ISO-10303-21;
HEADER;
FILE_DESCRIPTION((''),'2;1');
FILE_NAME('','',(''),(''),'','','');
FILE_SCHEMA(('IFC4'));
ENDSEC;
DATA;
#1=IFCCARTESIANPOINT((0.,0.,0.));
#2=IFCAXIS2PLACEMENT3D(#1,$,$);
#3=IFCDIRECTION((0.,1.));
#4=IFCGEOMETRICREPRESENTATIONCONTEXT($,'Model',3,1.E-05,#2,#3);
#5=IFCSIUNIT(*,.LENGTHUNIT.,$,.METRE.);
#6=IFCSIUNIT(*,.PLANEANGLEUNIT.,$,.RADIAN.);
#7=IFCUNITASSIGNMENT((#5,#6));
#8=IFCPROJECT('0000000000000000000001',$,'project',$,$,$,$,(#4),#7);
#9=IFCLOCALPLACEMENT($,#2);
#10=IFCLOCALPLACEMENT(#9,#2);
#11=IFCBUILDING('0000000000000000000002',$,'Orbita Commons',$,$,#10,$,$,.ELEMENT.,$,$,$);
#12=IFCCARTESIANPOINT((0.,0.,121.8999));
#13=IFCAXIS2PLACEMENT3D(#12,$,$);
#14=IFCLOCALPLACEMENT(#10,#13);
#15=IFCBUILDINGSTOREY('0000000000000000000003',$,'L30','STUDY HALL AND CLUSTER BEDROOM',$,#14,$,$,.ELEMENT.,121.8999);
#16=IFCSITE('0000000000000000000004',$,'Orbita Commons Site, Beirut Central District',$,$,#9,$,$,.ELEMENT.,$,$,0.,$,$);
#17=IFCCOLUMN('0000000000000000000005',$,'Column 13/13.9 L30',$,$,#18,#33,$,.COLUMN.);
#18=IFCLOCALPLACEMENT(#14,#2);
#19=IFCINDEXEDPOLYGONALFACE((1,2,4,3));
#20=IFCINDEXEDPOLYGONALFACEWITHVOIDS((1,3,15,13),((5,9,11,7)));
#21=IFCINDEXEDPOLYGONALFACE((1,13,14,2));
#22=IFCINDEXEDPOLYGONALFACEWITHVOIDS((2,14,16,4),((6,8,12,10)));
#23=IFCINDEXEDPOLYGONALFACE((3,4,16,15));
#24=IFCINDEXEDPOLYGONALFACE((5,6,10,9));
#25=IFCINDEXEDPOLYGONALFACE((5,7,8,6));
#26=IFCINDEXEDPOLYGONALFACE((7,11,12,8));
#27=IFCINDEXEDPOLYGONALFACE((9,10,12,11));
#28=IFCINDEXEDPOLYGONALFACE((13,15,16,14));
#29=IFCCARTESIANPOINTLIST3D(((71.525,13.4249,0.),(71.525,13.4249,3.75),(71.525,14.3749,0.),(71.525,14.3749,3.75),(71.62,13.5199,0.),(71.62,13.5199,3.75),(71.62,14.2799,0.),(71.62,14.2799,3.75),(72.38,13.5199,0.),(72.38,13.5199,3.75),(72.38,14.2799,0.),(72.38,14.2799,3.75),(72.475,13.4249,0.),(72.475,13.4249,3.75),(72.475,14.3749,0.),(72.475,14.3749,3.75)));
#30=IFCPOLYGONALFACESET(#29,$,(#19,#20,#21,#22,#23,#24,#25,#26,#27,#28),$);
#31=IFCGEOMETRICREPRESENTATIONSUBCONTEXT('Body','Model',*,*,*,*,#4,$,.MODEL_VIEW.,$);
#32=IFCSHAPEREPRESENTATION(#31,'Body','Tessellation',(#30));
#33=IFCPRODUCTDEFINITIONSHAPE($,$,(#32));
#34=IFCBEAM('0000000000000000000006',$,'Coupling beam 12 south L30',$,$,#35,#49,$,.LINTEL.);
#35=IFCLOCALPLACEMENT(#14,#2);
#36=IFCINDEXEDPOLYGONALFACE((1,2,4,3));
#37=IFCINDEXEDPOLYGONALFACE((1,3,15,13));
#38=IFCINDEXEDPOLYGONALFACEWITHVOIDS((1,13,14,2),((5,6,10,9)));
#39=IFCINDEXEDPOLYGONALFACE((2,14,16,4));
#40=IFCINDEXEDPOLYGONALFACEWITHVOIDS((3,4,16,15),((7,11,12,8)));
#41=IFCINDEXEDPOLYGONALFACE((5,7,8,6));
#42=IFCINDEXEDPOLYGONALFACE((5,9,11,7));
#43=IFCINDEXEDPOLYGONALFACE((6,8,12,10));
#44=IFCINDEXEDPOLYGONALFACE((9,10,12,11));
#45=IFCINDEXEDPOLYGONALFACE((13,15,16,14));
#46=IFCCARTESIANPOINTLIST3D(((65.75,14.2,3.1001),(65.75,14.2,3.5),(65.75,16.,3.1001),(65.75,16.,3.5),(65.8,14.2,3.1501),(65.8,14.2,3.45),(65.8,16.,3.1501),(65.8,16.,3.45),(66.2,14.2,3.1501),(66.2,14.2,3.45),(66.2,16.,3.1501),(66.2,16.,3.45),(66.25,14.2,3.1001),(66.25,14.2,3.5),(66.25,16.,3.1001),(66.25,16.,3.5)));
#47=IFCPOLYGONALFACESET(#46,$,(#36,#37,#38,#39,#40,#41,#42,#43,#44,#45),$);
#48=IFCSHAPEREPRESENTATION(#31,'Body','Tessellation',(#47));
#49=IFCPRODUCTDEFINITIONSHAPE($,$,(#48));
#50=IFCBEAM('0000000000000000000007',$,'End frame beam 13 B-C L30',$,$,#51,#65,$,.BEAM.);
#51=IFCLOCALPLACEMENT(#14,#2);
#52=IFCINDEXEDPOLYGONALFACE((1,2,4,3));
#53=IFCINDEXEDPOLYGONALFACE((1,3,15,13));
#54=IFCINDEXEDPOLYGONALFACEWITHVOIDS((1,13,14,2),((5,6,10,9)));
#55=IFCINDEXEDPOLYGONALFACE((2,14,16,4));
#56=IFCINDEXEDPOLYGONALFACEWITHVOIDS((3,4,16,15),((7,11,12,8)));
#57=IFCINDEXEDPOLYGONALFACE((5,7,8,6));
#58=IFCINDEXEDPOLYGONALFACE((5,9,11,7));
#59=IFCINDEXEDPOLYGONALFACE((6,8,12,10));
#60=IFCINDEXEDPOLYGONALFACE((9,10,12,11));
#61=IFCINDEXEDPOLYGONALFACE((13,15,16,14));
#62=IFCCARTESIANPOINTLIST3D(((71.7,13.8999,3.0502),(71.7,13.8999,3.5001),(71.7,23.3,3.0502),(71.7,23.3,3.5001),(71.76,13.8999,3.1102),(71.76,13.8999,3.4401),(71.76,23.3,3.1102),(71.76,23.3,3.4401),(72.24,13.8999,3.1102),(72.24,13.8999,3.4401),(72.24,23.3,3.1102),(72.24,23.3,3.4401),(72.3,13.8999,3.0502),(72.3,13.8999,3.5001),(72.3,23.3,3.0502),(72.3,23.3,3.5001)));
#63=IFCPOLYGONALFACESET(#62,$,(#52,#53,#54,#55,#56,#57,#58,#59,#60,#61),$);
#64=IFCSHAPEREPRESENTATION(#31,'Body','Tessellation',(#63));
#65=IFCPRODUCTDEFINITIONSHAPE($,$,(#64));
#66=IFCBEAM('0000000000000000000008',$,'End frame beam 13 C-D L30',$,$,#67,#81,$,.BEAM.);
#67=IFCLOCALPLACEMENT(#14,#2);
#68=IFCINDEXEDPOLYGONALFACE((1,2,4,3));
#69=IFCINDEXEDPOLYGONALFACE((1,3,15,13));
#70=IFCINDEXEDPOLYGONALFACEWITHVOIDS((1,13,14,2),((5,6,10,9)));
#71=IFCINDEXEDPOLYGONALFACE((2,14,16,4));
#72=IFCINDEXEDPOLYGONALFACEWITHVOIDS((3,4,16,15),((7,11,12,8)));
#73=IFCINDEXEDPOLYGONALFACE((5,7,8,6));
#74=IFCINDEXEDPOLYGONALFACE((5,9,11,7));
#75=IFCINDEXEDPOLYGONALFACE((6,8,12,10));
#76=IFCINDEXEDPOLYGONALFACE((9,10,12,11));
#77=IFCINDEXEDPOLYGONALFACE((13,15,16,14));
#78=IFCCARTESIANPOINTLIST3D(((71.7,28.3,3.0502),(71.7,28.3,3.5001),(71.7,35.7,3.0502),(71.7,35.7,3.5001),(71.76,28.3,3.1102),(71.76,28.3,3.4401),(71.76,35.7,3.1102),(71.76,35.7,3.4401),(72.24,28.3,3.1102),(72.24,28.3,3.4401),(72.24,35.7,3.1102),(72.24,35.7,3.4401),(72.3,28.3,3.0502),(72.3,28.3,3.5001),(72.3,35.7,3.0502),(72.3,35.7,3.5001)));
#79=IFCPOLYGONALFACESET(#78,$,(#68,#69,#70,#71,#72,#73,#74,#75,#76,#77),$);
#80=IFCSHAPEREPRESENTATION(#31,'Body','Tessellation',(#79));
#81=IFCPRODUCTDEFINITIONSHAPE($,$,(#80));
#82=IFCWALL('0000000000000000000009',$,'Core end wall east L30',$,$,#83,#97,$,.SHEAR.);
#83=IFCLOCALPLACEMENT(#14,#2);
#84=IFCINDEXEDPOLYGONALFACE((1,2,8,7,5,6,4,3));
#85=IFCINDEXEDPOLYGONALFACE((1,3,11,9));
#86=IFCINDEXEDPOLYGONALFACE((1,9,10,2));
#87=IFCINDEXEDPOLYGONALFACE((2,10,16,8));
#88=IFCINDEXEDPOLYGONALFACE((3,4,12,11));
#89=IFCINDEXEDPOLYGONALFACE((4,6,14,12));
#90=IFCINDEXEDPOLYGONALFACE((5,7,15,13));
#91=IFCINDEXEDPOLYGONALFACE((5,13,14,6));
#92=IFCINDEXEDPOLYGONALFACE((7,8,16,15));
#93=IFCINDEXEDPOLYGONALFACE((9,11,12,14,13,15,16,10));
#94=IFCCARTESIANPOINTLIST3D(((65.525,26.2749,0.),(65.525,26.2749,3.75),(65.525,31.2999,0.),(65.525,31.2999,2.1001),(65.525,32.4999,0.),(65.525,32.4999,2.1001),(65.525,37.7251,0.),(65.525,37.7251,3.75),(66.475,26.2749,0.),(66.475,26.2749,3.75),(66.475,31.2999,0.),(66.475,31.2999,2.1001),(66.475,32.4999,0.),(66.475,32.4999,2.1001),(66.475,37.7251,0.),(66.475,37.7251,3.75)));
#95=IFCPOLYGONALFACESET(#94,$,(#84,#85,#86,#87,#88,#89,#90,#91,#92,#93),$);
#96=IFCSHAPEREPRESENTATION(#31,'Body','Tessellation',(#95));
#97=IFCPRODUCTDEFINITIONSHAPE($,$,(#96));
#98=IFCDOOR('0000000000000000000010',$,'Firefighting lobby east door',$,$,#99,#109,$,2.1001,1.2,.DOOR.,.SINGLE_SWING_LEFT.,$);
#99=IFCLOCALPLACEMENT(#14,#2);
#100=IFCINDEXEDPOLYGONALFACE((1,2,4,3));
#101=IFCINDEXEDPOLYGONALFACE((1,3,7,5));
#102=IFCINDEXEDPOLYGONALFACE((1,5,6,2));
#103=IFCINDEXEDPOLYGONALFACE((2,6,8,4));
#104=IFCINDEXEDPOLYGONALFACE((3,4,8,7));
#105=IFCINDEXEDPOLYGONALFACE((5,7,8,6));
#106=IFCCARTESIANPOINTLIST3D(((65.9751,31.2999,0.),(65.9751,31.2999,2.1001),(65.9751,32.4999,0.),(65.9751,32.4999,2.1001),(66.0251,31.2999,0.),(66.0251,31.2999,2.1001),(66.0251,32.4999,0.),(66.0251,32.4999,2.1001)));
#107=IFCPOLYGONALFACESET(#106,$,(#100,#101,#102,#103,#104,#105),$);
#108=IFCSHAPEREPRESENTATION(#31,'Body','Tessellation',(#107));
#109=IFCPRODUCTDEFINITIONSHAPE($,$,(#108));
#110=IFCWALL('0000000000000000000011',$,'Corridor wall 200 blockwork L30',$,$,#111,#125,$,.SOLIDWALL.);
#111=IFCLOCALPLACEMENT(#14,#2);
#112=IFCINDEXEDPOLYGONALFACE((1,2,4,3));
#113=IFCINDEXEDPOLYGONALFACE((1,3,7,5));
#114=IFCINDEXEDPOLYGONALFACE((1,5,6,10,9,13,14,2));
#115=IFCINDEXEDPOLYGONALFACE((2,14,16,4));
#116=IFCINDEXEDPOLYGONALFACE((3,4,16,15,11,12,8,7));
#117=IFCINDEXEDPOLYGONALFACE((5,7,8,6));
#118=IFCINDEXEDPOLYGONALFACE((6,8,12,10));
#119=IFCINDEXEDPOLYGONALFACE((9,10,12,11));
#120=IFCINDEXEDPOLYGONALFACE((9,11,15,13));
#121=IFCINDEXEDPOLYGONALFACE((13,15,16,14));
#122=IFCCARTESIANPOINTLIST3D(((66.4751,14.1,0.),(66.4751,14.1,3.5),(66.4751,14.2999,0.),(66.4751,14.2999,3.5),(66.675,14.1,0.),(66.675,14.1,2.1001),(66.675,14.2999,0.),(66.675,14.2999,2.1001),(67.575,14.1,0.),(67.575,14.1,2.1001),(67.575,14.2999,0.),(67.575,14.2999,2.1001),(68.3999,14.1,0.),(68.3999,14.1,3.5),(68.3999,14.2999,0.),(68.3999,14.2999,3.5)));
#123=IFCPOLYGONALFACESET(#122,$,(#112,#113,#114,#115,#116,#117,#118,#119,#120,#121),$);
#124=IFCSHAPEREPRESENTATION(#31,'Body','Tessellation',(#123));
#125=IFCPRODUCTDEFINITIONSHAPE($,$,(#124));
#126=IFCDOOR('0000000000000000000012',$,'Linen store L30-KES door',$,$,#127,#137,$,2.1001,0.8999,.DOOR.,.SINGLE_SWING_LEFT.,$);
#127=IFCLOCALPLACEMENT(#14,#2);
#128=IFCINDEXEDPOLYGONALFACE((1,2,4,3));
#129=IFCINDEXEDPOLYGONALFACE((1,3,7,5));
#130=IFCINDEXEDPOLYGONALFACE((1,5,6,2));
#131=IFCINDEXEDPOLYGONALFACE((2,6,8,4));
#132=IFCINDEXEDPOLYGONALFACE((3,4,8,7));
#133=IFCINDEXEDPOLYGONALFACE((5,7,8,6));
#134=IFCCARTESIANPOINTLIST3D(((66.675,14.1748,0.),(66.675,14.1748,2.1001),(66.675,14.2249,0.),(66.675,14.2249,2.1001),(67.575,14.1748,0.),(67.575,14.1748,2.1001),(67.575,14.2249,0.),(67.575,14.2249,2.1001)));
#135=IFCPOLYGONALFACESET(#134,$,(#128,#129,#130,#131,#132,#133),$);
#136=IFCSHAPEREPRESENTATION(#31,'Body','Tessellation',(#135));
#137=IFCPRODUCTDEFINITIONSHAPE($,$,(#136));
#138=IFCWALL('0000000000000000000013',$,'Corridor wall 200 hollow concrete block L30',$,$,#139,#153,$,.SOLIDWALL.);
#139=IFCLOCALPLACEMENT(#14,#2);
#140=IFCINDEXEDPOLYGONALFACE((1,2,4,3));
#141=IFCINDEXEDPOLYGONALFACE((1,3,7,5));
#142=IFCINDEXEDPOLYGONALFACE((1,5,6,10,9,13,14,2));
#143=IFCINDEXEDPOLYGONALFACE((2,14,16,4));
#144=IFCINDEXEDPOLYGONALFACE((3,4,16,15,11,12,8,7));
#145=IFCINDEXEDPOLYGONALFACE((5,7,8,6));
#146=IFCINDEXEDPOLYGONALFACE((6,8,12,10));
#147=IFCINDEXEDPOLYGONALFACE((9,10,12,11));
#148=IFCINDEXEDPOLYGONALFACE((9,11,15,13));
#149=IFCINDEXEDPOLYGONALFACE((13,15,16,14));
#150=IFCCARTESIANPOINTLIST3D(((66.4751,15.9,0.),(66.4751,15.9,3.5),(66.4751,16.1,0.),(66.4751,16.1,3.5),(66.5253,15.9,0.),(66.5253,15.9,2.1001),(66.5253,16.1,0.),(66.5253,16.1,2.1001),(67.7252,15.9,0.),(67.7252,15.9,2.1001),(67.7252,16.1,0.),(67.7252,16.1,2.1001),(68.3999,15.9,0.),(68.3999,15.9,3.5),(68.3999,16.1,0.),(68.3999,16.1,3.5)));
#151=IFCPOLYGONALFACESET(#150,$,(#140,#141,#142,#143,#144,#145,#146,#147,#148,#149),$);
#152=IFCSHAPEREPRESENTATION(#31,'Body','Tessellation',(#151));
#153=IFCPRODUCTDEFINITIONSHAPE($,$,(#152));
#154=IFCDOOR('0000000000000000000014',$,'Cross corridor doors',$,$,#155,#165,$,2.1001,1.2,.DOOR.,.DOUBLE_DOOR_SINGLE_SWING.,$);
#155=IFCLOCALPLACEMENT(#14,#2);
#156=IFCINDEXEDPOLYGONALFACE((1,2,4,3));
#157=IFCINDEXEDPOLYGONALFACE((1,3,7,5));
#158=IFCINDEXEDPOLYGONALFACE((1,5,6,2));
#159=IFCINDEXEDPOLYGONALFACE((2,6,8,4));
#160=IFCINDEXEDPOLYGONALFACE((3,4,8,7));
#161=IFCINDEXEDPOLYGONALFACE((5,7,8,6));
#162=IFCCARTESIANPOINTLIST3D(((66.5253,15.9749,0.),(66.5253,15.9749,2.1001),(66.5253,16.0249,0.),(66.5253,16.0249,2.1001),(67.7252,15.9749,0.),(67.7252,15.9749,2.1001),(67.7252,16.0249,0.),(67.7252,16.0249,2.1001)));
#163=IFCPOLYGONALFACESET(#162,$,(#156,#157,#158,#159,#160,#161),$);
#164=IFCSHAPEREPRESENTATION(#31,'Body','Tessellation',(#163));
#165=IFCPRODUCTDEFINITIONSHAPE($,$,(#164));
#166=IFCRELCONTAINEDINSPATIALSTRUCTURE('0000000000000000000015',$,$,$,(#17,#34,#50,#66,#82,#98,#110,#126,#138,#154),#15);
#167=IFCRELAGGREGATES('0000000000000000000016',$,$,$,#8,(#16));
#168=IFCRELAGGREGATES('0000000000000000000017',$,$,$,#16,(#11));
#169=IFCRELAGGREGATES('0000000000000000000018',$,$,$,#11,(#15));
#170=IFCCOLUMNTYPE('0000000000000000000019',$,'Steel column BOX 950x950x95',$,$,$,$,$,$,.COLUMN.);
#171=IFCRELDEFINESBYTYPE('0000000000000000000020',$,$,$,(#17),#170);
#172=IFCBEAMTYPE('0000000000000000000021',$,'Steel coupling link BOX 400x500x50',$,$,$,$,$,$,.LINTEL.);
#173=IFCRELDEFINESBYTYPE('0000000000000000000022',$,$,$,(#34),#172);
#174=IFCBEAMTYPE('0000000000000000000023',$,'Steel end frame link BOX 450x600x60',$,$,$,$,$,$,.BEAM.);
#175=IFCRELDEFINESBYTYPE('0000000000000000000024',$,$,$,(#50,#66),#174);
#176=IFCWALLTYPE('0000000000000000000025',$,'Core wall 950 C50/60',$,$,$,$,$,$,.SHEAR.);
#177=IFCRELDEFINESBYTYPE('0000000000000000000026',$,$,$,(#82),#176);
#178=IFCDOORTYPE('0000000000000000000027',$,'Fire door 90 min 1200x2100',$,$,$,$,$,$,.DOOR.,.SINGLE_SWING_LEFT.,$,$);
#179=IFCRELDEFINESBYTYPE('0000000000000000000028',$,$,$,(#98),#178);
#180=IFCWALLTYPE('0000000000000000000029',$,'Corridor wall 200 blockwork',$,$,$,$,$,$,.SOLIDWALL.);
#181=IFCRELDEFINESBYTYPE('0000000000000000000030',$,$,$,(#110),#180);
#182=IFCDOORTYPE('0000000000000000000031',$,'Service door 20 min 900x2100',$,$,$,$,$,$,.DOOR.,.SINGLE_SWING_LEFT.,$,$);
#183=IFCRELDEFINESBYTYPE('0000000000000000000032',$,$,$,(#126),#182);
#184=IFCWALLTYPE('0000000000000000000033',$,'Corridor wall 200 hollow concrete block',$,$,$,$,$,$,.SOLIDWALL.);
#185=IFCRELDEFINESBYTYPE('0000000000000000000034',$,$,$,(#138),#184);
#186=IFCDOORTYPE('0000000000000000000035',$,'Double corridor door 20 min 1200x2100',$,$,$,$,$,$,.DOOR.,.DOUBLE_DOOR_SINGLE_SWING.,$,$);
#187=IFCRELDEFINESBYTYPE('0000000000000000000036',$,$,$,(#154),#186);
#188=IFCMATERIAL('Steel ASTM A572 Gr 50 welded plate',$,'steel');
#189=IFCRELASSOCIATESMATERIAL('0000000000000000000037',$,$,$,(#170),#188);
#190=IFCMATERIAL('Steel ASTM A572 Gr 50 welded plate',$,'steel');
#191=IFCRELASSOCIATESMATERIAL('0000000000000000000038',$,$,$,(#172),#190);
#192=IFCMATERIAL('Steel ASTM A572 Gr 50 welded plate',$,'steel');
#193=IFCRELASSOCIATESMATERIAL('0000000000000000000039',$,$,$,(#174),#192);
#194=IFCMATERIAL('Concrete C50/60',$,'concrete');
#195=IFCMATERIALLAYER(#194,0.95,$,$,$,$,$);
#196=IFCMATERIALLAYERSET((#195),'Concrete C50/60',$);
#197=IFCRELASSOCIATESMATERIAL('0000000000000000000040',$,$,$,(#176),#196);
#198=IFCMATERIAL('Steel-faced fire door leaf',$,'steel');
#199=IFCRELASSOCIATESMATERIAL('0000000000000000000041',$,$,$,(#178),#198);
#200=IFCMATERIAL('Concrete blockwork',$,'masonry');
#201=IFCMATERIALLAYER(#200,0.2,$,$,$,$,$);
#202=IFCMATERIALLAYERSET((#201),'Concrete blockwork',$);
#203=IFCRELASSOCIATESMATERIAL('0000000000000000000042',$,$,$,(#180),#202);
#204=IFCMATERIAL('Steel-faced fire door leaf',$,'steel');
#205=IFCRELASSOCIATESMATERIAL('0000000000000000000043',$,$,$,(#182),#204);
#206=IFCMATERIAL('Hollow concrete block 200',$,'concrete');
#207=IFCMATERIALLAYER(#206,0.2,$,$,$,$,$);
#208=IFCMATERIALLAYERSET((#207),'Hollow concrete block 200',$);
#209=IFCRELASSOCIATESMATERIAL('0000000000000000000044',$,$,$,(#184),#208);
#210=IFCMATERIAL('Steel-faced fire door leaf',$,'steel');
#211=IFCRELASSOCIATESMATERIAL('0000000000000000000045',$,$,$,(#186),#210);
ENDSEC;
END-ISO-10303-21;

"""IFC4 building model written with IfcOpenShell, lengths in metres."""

from ifc_helpers import new_model, si_unit, direction, frame, frame_2d, origin, origin_2d, place, context, subcontext, project, spatial, rectangle, hollow_rectangle, extrude, material, layer, layer_set, material_profile, profile_set, type_object, element, fill, save


model = new_model("IFC4")

# Units and contexts
model_context = context("Model", 3, precision=1e-05, world=origin(), true_north=direction((0.0, 1.0)))
body_context = subcontext(model_context, "Body", "Model", "MODEL_VIEW")
ifc_project = project(units=[si_unit("LENGTHUNIT", "METRE"), si_unit("PLANEANGLEUNIT", "RADIAN")], contexts=[model_context])

# Site, building, storey
site_placement = place(None, origin())
site = spatial("IfcSite", under=ifc_project, at=site_placement, Name="Orbita Commons Site, Beirut Central District", CompositionType="ELEMENT", RefElevation=0.0)
building_placement = place(site_placement, origin())
building = spatial("IfcBuilding", under=site, at=building_placement, Name="Orbita Commons", CompositionType="ELEMENT")
storey_placement = place(building_placement, frame((0.0, 0.0, 121.8999)))
storey = spatial("IfcBuildingStorey", under=building, at=storey_placement, Name="L30", Description="STUDY HALL AND CLUSTER BEDROOM", CompositionType="ELEMENT", Elevation=121.8999)

# Column
ifc_material_1 = material(Name="Steel ASTM A572 Gr 50 welded plate", Category="steel")
ifc_material_profile_1 = material_profile(ifc_material_1, hollow_rectangle(XDim=0.95, YDim=0.95, WallThickness=0.095, at=origin_2d()), Name="BOX 950x950x95")
ifc_profile_set_1 = profile_set([ifc_material_profile_1], Name="Steel ASTM A572 Gr 50 welded plate")
column_type = type_object("IfcColumnType", Name="Steel column BOX 950x950x95", PredefinedType="COLUMN", material=ifc_profile_set_1)
column_placement = place(storey_placement, frame((72.0, 13.8999, 0.0), z_axis=(0.0, 0.0, 1.0), x_axis=(1.0, 0.0, 0.0)))
element("IfcColumn", 1, at=column_placement, inside=storey, type_object=column_type, Name="Column 13/13.9 L30", PredefinedType="COLUMN", context=body_context, shape_type="SweptSolid", body=[
    extrude(hollow_rectangle(XDim=0.95, YDim=0.95, WallThickness=0.095, at=origin_2d()), origin(), (0.0, 0.0, 1.0), 3.75),
])

# Beams
ifc_material_2 = material(Name="Steel ASTM A572 Gr 50 welded plate", Category="steel")
ifc_material_profile_2 = material_profile(ifc_material_2, hollow_rectangle(XDim=0.5, YDim=0.3999, WallThickness=0.05, at=origin_2d()), Name="BOX 400x500x50")
ifc_profile_set_2 = profile_set([ifc_material_profile_2], Name="Steel ASTM A572 Gr 50 welded plate")
beam_type_1 = type_object("IfcBeamType", Name="Steel coupling link BOX 400x500x50", PredefinedType="LINTEL", material=ifc_profile_set_2)
beam_1_placement = place(storey_placement, frame((66.0, 14.2, 3.3), z_axis=(0.0, 1.0, 0.0), x_axis=(-1.0, 0.0, 0.0)))
element("IfcBeam", 2, at=beam_1_placement, inside=storey, type_object=beam_type_1, Name="Coupling beam 12 south L30", PredefinedType="LINTEL", context=body_context, shape_type="SweptSolid", body=[
    extrude(hollow_rectangle(XDim=0.5, YDim=0.3999, WallThickness=0.05, at=origin_2d()), origin(), (0.0, 0.0, 1.0), 1.8),
])
ifc_material_3 = material(Name="Steel ASTM A572 Gr 50 welded plate", Category="steel")
ifc_material_profile_3 = material_profile(ifc_material_3, hollow_rectangle(XDim=0.6001, YDim=0.45, WallThickness=0.0601, at=origin_2d()), Name="BOX 450x600x60")
ifc_profile_set_3 = profile_set([ifc_material_profile_3], Name="Steel ASTM A572 Gr 50 welded plate")
beam_type_2 = type_object("IfcBeamType", Name="Steel end frame link BOX 450x600x60", PredefinedType="BEAM", material=ifc_profile_set_3)
beam_2_placement = place(storey_placement, frame((72.0, 13.8999, 3.2751), z_axis=(0.0, 1.0, 0.0), x_axis=(-1.0, 0.0, 0.0)))
element("IfcBeam", 3, at=beam_2_placement, inside=storey, type_object=beam_type_2, Name="End frame beam 13 B-C L30", PredefinedType="BEAM", context=body_context, shape_type="SweptSolid", body=[
    extrude(hollow_rectangle(XDim=0.6001, YDim=0.45, WallThickness=0.0601, at=origin_2d()), origin(), (0.0, 0.0, 1.0), 9.4001),
])
beam_3_placement = place(storey_placement, frame((72.0, 28.3, 3.2751), z_axis=(0.0, 1.0, 0.0), x_axis=(-1.0, 0.0, 0.0)))
element("IfcBeam", 4, at=beam_3_placement, inside=storey, type_object=beam_type_2, Name="End frame beam 13 C-D L30", PredefinedType="BEAM", context=body_context, shape_type="SweptSolid", body=[
    extrude(hollow_rectangle(XDim=0.6001, YDim=0.45, WallThickness=0.0601, at=origin_2d()), origin(), (0.0, 0.0, 1.0), 7.3999),
])

# Walls, openings, doors
ifc_material_4 = material(Name="Concrete C50/60", Category="concrete")
ifc_layer_1 = layer(ifc_material_4, 0.95)
ifc_layer_set_1 = layer_set([ifc_layer_1], Name="Concrete C50/60")
wall_type_1 = type_object("IfcWallType", Name="Core wall 950 C50/60", PredefinedType="SHEAR", material=ifc_layer_set_1)
wall_1_placement = place(storey_placement, frame((66.0, 26.2749, 0.0), z_axis=(0.0, 0.0, 1.0), x_axis=(0.0, 1.0, 0.0)))
wall_1 = element("IfcWall", 5, at=wall_1_placement, inside=storey, type_object=wall_type_1, Name="Core end wall east L30", PredefinedType="SHEAR", context=body_context, shape_type="SweptSolid", body=[
    extrude(rectangle(XDim=11.4502, YDim=0.95, at=frame_2d((5.7251, 0.0))), origin(), (0.0, 0.0, 1.0), 3.75),
])
opening_1_placement = place(wall_1_placement, frame((5.0249, 0.0, 0.0)))
opening_1 = element("IfcOpeningElement", 6, at=opening_1_placement, cuts=wall_1, PredefinedType="OPENING", context=body_context, shape_type="SweptSolid", body=[
    extrude(rectangle(XDim=1.2, YDim=2.1001, at=frame_2d((0.6001, 1.05))), frame((0.0, 0.4849, 0.0), z_axis=(0.0, -1.0, 0.0), x_axis=(1.0, 0.0, 0.0)), (0.0, 0.0, 1.0), 0.97),
])
ifc_material_5 = material(Name="Steel-faced fire door leaf", Category="steel")
door_type_1 = type_object("IfcDoorType", Name="Fire door 90 min 1200x2100", OperationType="SINGLE_SWING_LEFT", PredefinedType="DOOR", material=ifc_material_5)
door_1_placement = place(opening_1_placement, origin())
door_1 = element("IfcDoor", 7, at=door_1_placement, inside=storey, type_object=door_type_1, Name="Firefighting lobby east door", OperationType="SINGLE_SWING_LEFT", OverallHeight=2.1001, OverallWidth=1.2, PredefinedType="DOOR", context=body_context, shape_type="SweptSolid", body=[
    extrude(rectangle(XDim=1.2, YDim=2.1001, at=frame_2d((0.6001, 1.05))), frame((0.0, 0.0249, 0.0), z_axis=(0.0, -1.0, 0.0), x_axis=(1.0, 0.0, 0.0)), (0.0, 0.0, 1.0), 0.05),
])
fill(opening_1, door_1)
ifc_material_6 = material(Name="Concrete blockwork", Category="masonry")
ifc_layer_2 = layer(ifc_material_6, 0.2)
ifc_layer_set_2 = layer_set([ifc_layer_2], Name="Concrete blockwork")
wall_type_2 = type_object("IfcWallType", Name="Corridor wall 200 blockwork", PredefinedType="SOLIDWALL", material=ifc_layer_set_2)
wall_2_placement = place(storey_placement, frame((66.4751, 14.2, 0.0), z_axis=(0.0, 0.0, 1.0), x_axis=(1.0, 0.0, 0.0)))
wall_2 = element("IfcWall", 8, at=wall_2_placement, inside=storey, type_object=wall_type_2, Name="Corridor wall 200 blockwork L30", PredefinedType="SOLIDWALL", context=body_context, shape_type="SweptSolid", body=[
    extrude(rectangle(XDim=1.9248, YDim=0.2, at=frame_2d((0.9624, 0.0))), origin(), (0.0, 0.0, 1.0), 3.5),
])
opening_2_placement = place(wall_2_placement, frame((0.2, 0.0, 0.0)))
opening_2 = element("IfcOpeningElement", 9, at=opening_2_placement, cuts=wall_2, PredefinedType="OPENING", context=body_context, shape_type="SweptSolid", body=[
    extrude(rectangle(XDim=0.8999, YDim=2.1001, at=frame_2d((0.45, 1.05))), frame((0.0, 0.1099, 0.0), z_axis=(0.0, -1.0, 0.0), x_axis=(1.0, 0.0, 0.0)), (0.0, 0.0, 1.0), 0.22),
])
ifc_material_7 = material(Name="Steel-faced fire door leaf", Category="steel")
door_type_2 = type_object("IfcDoorType", Name="Service door 20 min 900x2100", OperationType="SINGLE_SWING_LEFT", PredefinedType="DOOR", material=ifc_material_7)
door_2_placement = place(opening_2_placement, origin())
door_2 = element("IfcDoor", 10, at=door_2_placement, inside=storey, type_object=door_type_2, Name="Linen store L30-KES door", OperationType="SINGLE_SWING_LEFT", OverallHeight=2.1001, OverallWidth=0.8999, PredefinedType="DOOR", context=body_context, shape_type="SweptSolid", body=[
    extrude(rectangle(XDim=0.8999, YDim=2.1001, at=frame_2d((0.45, 1.05))), frame((0.0, 0.0249, 0.0), z_axis=(0.0, -1.0, 0.0), x_axis=(1.0, 0.0, 0.0)), (0.0, 0.0, 1.0), 0.05),
])
fill(opening_2, door_2)
ifc_material_8 = material(Name="Hollow concrete block 200", Category="concrete")
ifc_layer_3 = layer(ifc_material_8, 0.2)
ifc_layer_set_3 = layer_set([ifc_layer_3], Name="Hollow concrete block 200")
wall_type_3 = type_object("IfcWallType", Name="Corridor wall 200 hollow concrete block", PredefinedType="SOLIDWALL", material=ifc_layer_set_3)
wall_3_placement = place(storey_placement, frame((66.4751, 16.0, 0.0), z_axis=(0.0, 0.0, 1.0), x_axis=(1.0, 0.0, 0.0)))
wall_3 = element("IfcWall", 11, at=wall_3_placement, inside=storey, type_object=wall_type_3, Name="Corridor wall 200 hollow concrete block L30", PredefinedType="SOLIDWALL", context=body_context, shape_type="SweptSolid", body=[
    extrude(rectangle(XDim=1.9248, YDim=0.2, at=frame_2d((0.9624, 0.0))), origin(), (0.0, 0.0, 1.0), 3.5),
])
opening_3_placement = place(wall_3_placement, frame((0.05, 0.0, 0.0)))
opening_3 = element("IfcOpeningElement", 12, at=opening_3_placement, cuts=wall_3, PredefinedType="OPENING", context=body_context, shape_type="SweptSolid", body=[
    extrude(rectangle(XDim=1.2, YDim=2.1001, at=frame_2d((0.6001, 1.05))), frame((0.0, 0.1099, 0.0), z_axis=(0.0, -1.0, 0.0), x_axis=(1.0, 0.0, 0.0)), (0.0, 0.0, 1.0), 0.22),
])
ifc_material_9 = material(Name="Steel-faced fire door leaf", Category="steel")
door_type_3 = type_object("IfcDoorType", Name="Double corridor door 20 min 1200x2100", OperationType="DOUBLE_DOOR_SINGLE_SWING", PredefinedType="DOOR", material=ifc_material_9)
door_3_placement = place(opening_3_placement, origin())
door_3 = element("IfcDoor", 13, at=door_3_placement, inside=storey, type_object=door_type_3, Name="Cross corridor doors", OperationType="DOUBLE_DOOR_SINGLE_SWING", OverallHeight=2.1001, OverallWidth=1.2, PredefinedType="DOOR", context=body_context, shape_type="SweptSolid", body=[
    extrude(rectangle(XDim=1.2, YDim=2.1001, at=frame_2d((0.6001, 1.05))), frame((0.0, 0.0249, 0.0), z_axis=(0.0, -1.0, 0.0), x_axis=(1.0, 0.0, 0.0)), (0.0, 0.0, 1.0), 0.05),
])
fill(opening_3, door_3)

save(model, "model.ifc")
